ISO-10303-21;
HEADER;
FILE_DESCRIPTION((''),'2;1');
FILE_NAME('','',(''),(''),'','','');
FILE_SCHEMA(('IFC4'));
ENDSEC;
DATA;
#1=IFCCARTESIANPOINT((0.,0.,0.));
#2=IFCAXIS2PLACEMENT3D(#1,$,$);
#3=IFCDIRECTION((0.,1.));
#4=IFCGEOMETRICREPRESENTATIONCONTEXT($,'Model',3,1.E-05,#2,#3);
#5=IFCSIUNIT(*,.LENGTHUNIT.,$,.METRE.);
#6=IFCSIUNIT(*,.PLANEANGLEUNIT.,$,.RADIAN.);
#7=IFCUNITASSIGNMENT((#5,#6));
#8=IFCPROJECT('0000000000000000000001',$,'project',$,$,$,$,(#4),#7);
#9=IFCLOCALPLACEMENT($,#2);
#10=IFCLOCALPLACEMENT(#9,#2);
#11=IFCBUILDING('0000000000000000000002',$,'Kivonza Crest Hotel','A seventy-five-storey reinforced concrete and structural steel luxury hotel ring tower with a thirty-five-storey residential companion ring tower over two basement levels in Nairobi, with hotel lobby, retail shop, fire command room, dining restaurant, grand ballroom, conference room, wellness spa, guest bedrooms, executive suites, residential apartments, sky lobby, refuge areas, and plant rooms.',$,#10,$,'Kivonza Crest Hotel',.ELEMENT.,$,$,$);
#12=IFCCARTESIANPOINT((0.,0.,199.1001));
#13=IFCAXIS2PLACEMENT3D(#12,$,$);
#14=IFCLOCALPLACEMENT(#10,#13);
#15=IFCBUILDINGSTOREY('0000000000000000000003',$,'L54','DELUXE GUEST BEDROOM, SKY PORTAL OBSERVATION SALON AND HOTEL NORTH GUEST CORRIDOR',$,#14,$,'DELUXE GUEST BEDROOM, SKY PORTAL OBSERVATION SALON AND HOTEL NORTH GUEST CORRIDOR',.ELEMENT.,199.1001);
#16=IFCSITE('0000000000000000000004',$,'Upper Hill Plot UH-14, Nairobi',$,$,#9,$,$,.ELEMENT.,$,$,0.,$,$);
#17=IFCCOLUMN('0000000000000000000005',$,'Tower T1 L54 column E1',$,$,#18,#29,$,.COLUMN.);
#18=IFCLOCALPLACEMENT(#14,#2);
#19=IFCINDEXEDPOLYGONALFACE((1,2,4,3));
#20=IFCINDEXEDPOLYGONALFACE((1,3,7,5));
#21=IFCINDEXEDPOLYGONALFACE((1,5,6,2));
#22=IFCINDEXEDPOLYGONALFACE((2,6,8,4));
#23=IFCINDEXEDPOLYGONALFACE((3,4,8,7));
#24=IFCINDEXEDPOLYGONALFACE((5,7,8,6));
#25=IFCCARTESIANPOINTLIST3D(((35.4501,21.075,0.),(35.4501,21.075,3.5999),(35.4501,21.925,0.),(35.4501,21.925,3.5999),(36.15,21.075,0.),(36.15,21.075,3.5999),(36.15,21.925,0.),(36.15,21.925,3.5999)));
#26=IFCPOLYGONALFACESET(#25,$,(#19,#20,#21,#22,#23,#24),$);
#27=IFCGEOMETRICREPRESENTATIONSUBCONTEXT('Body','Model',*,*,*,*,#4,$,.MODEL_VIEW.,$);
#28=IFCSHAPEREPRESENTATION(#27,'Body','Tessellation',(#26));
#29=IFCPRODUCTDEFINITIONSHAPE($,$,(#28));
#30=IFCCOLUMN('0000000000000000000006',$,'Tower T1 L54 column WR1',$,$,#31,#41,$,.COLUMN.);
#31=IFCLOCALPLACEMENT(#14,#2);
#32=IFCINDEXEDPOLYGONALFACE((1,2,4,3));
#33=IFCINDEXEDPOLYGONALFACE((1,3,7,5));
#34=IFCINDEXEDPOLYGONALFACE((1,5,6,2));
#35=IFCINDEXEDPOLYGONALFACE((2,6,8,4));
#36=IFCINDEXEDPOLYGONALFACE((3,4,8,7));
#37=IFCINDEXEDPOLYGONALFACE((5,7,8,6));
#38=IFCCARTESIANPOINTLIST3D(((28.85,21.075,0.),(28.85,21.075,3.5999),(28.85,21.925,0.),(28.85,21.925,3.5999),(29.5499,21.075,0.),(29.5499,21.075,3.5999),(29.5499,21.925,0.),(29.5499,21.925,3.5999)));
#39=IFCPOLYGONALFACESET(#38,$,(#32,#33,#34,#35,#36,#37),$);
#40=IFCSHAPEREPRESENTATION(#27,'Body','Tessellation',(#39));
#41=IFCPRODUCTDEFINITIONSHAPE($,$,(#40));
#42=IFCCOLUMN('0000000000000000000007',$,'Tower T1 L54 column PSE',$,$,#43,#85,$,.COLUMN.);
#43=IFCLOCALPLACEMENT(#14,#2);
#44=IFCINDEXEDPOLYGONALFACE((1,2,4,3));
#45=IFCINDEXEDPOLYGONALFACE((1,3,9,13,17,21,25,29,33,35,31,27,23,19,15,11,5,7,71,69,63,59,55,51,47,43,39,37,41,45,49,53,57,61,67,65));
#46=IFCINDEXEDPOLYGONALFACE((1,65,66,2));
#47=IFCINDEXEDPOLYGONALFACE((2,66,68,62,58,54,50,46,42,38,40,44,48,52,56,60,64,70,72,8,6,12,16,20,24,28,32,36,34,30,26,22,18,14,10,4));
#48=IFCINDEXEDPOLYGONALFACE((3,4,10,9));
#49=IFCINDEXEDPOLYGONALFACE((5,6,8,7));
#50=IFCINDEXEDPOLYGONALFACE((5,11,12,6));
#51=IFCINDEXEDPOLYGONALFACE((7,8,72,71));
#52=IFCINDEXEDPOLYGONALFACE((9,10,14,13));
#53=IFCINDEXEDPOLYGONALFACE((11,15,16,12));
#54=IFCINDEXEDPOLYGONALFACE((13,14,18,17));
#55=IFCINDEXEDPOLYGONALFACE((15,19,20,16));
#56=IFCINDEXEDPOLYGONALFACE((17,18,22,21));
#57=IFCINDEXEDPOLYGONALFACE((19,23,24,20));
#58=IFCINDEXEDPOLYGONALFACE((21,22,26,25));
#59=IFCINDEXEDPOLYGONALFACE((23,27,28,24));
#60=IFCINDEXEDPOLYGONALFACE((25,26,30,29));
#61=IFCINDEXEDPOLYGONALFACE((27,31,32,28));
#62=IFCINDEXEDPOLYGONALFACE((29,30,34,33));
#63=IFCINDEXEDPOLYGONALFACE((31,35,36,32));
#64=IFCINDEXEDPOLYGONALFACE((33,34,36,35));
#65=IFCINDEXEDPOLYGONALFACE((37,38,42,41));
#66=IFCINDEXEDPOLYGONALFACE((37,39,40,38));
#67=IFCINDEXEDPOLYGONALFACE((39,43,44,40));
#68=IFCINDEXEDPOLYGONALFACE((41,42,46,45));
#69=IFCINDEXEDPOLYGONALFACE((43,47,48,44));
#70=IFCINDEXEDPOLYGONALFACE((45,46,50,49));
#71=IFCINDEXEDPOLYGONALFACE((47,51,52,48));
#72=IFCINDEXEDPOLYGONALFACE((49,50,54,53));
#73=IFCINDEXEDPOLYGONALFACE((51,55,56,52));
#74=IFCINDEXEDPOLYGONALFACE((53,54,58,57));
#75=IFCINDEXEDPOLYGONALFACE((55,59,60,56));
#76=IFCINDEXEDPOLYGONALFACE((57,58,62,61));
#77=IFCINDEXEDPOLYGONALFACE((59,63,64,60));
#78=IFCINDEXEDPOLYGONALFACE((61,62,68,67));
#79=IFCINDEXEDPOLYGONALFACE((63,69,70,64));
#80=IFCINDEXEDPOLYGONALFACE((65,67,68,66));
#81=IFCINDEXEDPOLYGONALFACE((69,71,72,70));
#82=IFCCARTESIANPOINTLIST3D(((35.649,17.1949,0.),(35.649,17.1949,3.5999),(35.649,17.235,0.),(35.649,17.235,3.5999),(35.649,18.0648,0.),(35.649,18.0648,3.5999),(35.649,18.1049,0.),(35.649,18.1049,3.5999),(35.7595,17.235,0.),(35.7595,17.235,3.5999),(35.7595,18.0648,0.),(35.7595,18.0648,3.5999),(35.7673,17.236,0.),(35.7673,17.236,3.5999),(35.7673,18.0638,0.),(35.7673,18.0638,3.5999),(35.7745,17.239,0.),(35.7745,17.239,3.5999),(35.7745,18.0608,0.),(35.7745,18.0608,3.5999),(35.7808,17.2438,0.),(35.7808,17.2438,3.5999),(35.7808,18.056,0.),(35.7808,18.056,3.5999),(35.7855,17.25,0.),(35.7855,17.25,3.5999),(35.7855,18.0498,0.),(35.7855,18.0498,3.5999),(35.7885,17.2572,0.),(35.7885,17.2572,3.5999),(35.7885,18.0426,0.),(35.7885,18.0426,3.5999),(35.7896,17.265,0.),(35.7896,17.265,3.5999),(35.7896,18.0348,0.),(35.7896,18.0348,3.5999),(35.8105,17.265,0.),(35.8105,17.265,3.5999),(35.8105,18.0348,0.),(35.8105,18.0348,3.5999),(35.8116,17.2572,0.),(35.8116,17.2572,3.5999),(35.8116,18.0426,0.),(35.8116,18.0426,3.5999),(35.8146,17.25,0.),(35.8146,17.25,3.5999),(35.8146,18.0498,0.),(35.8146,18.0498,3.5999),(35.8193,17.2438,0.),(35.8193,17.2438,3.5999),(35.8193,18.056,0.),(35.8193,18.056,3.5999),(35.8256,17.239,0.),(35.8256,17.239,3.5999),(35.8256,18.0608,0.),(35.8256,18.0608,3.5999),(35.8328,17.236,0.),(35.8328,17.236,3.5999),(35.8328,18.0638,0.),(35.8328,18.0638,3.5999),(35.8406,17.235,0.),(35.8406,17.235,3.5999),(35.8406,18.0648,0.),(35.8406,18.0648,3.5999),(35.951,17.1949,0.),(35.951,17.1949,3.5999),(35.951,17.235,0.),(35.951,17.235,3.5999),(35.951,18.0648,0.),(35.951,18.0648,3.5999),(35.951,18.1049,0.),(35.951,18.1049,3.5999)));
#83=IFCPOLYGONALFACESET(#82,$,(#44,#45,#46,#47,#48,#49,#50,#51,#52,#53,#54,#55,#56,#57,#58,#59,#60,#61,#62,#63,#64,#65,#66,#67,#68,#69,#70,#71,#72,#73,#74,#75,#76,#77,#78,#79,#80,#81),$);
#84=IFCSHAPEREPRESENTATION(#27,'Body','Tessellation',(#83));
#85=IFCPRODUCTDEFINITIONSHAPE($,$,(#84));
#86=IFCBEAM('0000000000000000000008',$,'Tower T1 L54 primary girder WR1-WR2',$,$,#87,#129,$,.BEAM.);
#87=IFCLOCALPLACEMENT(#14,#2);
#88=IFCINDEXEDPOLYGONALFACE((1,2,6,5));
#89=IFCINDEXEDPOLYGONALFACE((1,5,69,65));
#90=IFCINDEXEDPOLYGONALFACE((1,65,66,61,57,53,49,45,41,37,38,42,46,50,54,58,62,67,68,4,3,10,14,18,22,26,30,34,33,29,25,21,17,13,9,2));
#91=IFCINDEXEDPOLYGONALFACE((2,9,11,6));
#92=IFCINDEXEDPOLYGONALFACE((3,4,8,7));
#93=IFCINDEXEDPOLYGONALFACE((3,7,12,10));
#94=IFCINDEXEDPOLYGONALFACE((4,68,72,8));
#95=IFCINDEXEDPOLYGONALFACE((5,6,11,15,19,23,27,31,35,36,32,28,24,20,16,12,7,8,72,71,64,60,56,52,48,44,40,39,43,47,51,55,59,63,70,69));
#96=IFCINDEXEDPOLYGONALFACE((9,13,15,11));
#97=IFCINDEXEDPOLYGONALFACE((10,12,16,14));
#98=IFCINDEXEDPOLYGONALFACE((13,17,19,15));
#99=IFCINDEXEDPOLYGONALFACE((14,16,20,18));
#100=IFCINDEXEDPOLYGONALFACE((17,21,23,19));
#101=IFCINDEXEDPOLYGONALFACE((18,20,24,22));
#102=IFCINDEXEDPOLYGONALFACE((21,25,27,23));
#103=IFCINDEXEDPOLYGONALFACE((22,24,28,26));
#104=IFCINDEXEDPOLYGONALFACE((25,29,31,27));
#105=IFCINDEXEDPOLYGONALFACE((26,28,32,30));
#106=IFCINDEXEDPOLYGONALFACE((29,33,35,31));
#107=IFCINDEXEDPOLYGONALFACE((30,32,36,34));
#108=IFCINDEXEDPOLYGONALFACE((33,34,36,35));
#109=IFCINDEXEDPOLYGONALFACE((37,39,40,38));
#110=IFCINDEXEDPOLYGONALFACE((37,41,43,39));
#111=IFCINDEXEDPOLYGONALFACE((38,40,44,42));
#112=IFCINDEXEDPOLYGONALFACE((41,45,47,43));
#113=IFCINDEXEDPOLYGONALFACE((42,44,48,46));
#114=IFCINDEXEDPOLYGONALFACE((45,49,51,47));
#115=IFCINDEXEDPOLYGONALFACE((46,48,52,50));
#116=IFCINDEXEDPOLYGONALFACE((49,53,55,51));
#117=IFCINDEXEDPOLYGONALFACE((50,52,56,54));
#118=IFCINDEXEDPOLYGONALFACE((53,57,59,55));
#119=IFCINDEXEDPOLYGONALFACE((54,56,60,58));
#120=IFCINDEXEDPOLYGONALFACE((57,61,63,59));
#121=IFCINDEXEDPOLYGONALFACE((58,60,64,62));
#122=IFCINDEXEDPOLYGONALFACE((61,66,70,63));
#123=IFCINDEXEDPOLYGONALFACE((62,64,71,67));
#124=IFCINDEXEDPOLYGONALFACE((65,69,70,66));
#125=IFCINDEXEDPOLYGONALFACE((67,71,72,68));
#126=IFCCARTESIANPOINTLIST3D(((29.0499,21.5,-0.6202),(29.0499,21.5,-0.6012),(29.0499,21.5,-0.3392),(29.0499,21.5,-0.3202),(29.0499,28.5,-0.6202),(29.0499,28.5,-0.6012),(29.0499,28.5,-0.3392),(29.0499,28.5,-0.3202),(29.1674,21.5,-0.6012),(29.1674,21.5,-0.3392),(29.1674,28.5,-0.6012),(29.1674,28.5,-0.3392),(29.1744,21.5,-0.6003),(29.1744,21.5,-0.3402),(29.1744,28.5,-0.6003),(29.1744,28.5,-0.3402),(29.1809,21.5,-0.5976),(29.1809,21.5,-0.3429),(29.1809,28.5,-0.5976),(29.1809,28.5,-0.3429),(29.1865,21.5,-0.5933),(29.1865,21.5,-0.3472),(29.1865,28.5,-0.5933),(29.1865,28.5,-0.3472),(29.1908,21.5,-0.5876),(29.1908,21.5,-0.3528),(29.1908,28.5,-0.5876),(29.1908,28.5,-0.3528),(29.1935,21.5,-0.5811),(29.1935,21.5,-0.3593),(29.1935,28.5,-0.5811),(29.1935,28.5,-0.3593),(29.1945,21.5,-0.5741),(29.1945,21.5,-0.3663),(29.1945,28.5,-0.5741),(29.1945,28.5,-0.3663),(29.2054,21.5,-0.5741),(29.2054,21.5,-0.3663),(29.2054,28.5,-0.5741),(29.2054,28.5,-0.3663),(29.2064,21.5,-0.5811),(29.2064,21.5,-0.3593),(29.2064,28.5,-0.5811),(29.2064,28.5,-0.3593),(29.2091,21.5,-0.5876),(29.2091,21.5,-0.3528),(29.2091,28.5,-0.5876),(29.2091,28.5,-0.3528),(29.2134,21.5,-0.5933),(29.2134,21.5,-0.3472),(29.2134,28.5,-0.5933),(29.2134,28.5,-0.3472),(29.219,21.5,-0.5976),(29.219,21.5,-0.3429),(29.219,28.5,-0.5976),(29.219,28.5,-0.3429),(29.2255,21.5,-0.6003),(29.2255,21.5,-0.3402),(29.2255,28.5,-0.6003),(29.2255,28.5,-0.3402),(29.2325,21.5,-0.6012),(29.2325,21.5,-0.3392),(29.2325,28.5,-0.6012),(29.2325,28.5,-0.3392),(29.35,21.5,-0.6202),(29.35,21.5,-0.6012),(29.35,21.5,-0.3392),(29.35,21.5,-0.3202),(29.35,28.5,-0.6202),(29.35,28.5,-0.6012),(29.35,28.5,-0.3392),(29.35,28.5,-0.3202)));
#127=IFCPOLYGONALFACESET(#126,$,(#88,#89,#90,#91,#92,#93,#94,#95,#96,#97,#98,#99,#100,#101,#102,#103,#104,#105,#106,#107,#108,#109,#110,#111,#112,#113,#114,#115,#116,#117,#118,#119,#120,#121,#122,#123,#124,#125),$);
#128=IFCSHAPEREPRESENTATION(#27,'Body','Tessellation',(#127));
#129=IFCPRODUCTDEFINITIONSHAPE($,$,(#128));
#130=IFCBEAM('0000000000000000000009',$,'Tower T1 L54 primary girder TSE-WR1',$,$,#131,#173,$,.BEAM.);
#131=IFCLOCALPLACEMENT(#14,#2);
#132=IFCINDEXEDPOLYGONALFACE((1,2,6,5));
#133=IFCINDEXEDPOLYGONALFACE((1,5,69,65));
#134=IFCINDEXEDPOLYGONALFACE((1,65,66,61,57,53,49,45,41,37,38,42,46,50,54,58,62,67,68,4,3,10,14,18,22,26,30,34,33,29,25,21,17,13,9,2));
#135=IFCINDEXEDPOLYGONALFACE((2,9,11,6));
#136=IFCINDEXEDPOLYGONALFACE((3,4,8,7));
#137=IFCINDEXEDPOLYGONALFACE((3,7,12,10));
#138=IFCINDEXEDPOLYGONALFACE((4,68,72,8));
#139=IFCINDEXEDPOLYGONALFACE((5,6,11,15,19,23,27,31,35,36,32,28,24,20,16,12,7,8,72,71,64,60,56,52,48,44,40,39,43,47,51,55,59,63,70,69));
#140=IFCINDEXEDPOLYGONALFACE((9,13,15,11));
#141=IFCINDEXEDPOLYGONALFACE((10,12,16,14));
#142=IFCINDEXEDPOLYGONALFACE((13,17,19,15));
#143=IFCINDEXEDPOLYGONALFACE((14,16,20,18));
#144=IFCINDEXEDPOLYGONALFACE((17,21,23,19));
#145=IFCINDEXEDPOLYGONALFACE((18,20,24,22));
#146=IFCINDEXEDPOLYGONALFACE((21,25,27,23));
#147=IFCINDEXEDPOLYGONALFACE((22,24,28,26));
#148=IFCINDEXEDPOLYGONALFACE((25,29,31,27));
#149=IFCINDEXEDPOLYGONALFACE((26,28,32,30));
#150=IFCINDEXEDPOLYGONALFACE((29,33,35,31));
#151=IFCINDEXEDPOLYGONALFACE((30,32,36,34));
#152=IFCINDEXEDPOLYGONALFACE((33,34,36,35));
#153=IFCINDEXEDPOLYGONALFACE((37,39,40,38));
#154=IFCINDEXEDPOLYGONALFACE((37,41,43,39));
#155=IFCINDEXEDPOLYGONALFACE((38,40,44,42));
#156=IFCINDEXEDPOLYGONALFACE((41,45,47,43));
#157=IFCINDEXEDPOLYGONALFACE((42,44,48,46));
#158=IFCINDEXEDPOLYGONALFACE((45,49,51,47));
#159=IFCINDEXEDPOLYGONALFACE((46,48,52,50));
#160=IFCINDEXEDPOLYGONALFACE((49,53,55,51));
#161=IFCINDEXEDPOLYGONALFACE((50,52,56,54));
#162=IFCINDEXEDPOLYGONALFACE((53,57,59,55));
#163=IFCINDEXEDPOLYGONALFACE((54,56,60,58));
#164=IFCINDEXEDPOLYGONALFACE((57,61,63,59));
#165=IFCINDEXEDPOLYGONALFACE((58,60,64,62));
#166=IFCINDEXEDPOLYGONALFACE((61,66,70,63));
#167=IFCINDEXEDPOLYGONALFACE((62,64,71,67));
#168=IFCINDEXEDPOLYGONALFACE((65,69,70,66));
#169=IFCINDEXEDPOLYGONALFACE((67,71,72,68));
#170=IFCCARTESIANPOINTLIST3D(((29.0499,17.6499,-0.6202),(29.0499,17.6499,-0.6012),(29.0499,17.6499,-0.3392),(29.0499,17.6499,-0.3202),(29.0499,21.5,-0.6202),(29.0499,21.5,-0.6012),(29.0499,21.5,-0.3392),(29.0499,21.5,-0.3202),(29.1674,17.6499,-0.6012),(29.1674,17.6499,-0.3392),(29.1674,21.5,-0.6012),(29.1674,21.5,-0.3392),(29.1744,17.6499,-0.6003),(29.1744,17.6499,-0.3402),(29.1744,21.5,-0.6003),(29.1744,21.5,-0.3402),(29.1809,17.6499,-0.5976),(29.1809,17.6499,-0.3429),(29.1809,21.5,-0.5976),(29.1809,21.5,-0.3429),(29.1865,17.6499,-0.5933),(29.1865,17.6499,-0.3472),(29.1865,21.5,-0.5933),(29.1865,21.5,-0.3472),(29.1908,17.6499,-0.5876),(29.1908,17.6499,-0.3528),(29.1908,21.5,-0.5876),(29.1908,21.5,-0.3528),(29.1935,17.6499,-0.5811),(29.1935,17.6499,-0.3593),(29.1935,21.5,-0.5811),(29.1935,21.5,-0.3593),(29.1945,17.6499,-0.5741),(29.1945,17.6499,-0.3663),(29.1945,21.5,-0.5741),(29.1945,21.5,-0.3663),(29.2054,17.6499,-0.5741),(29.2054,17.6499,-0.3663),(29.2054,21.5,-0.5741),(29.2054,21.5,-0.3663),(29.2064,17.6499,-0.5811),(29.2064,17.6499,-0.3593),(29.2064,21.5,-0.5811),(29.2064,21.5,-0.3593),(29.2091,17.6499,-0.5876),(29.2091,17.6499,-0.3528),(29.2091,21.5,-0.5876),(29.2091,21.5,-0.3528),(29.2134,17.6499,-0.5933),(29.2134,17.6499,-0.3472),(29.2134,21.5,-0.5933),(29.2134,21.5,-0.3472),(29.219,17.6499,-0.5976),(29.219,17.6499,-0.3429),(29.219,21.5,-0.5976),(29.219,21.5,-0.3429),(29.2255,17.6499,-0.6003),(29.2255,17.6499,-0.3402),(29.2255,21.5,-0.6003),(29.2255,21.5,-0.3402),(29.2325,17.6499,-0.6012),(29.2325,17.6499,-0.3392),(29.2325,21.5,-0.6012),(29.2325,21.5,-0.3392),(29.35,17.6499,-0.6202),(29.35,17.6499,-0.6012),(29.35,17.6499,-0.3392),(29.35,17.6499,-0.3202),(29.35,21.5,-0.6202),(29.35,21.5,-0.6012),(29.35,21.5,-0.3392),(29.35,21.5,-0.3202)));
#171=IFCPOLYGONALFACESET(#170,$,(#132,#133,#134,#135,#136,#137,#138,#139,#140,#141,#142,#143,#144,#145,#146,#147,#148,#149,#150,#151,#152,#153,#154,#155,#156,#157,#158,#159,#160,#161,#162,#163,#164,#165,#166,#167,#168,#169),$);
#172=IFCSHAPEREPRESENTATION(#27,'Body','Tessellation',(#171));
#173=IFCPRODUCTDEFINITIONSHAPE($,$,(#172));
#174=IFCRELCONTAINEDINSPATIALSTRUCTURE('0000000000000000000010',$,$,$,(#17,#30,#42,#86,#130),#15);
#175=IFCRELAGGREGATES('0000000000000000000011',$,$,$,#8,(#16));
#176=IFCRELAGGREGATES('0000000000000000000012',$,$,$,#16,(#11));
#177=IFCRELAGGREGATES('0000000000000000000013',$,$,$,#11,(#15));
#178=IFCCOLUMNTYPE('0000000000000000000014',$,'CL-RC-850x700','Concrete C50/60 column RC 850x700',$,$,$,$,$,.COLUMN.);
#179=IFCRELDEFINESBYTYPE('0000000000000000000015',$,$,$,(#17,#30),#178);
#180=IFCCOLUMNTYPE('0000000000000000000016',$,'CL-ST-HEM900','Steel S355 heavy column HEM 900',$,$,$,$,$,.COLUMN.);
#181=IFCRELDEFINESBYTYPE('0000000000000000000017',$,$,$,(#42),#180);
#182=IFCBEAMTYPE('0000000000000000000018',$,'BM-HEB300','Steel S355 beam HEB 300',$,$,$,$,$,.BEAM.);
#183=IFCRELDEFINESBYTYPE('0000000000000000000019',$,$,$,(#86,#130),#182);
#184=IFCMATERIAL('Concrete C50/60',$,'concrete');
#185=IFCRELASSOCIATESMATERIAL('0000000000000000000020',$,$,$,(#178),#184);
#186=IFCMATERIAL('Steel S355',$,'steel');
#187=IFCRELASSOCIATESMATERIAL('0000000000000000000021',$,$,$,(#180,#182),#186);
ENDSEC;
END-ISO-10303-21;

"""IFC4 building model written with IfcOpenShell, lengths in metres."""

from ifc_helpers import new_model, si_unit, direction, frame, origin, origin_2d, place, context, subcontext, project, spatial, rectangle, i_section, extrude, material, material_profile, profile_set, type_object, element, save


model = new_model("IFC4")

# Units and contexts
model_context = context("Model", 3, precision=1e-05, world=origin(), true_north=direction((0.0, 1.0)))
body_context = subcontext(model_context, "Body", "Model", "MODEL_VIEW")
ifc_project = project(units=[si_unit("LENGTHUNIT", "METRE"), si_unit("PLANEANGLEUNIT", "RADIAN")], contexts=[model_context])

# Site, building, storey
site_placement = place(None, origin())
site = spatial("IfcSite", under=ifc_project, at=site_placement, Name="Upper Hill Plot UH-14, Nairobi", CompositionType="ELEMENT", RefElevation=0.0)
building_placement = place(site_placement, origin())
building = spatial("IfcBuilding", under=site, at=building_placement, Name="Kivonza Crest Hotel", Description="A seventy-five-storey reinforced concrete and structural steel luxury hotel ring tower with a thirty-five-storey residential companion ring tower over two basement levels in Nairobi, with hotel lobby, retail shop, fire command room, dining restaurant, grand ballroom, conference room, wellness spa, guest bedrooms, executive suites, residential apartments, sky lobby, refuge areas, and plant rooms.", LongName="Kivonza Crest Hotel", CompositionType="ELEMENT")
storey_placement = place(building_placement, frame((0.0, 0.0, 199.1001)))
storey = spatial("IfcBuildingStorey", under=building, at=storey_placement, Name="L54", Description="DELUXE GUEST BEDROOM, SKY PORTAL OBSERVATION SALON AND HOTEL NORTH GUEST CORRIDOR", LongName="DELUXE GUEST BEDROOM, SKY PORTAL OBSERVATION SALON AND HOTEL NORTH GUEST CORRIDOR", CompositionType="ELEMENT", Elevation=199.1001)

# Columns
ifc_material_1 = material(Name="Concrete C50/60", Category="concrete")
ifc_material_profile_1 = material_profile(ifc_material_1, rectangle(XDim=0.7, YDim=0.8501, at=origin_2d()), Name="RC 850x700")
ifc_profile_set_1 = profile_set([ifc_material_profile_1], Name="Concrete C50/60")
column_type_1 = type_object("IfcColumnType", Name="CL-RC-850x700", Description="Concrete C50/60 column RC 850x700", PredefinedType="COLUMN", material=ifc_profile_set_1)
for number, where, z_axis, x_axis, name in (
    (1, (35.8, 21.5, 0.0), (0.0, 0.0, 1.0), (1.0, 0.0, 0.0), "Tower T1 L54 column E1"),
    (2, (29.2, 21.5, 0.0), (0.0, 0.0, 1.0), (1.0, 0.0, 0.0), "Tower T1 L54 column WR1"),
):
    element("IfcColumn", number, at=place(storey_placement, frame(where, z_axis=z_axis, x_axis=x_axis)), inside=storey, type_object=column_type_1, Name=name, PredefinedType="COLUMN", context=body_context, shape_type="SweptSolid", body=[
        extrude(rectangle(XDim=0.7, YDim=0.8501, at=origin_2d()), origin(), (0.0, 0.0, 1.0), 3.5999),
    ])
ifc_material_2 = material(Name="Steel S355", Category="steel")
ifc_material_profile_2 = material_profile(ifc_material_2, i_section(OverallWidth=0.302, OverallDepth=0.9099, WebThickness=0.021, FlangeThickness=0.04, FilletRadius=0.03, at=origin_2d()), Name="HEM 900")
ifc_profile_set_2 = profile_set([ifc_material_profile_2], Name="Steel S355")
column_type_2 = type_object("IfcColumnType", Name="CL-ST-HEM900", Description="Steel S355 heavy column HEM 900", PredefinedType="COLUMN", material=ifc_profile_set_2)
column_placement = place(storey_placement, frame((35.8, 17.6499, 0.0), z_axis=(0.0, 0.0, 1.0), x_axis=(1.0, 0.0, 0.0)))
element("IfcColumn", 3, at=column_placement, inside=storey, type_object=column_type_2, Name="Tower T1 L54 column PSE", PredefinedType="COLUMN", context=body_context, shape_type="SweptSolid", body=[
    extrude(i_section(OverallWidth=0.302, OverallDepth=0.9099, WebThickness=0.021, FlangeThickness=0.04, FilletRadius=0.03, at=origin_2d()), origin(), (0.0, 0.0, 1.0), 3.5999),
])

# Beams
ifc_material_profile_3 = material_profile(ifc_material_2, i_section(OverallWidth=0.3, OverallDepth=0.3, WebThickness=0.011, FlangeThickness=0.019, FilletRadius=0.0271, at=origin_2d()), Name="HEB 300")
ifc_profile_set_3 = profile_set([ifc_material_profile_3], Name="Steel S355")
beam_type_1 = type_object("IfcBeamType", Name="BM-HEB300", Description="Steel S355 beam HEB 300", PredefinedType="BEAM", material=ifc_profile_set_3)
beam_1_placement = place(storey_placement, frame((29.2, 21.5, -0.4702), z_axis=(0.0, 1.0, 0.0), x_axis=(-1.0, 0.0, 0.0)))
element("IfcBeam", 4, at=beam_1_placement, inside=storey, type_object=beam_type_1, Name="Tower T1 L54 primary girder WR1-WR2", PredefinedType="BEAM", context=body_context, shape_type="SweptSolid", body=[
    extrude(i_section(OverallWidth=0.3, OverallDepth=0.3, WebThickness=0.011, FlangeThickness=0.019, FilletRadius=0.0271, at=origin_2d()), origin(), (0.0, 0.0, 1.0), 7.0),
])
beam_2_placement = place(storey_placement, frame((29.2, 17.6499, -0.4702), z_axis=(0.0, 1.0, 0.0), x_axis=(-1.0, 0.0, 0.0)))
element("IfcBeam", 5, at=beam_2_placement, inside=storey, type_object=beam_type_1, Name="Tower T1 L54 primary girder TSE-WR1", PredefinedType="BEAM", context=body_context, shape_type="SweptSolid", body=[
    extrude(i_section(OverallWidth=0.3, OverallDepth=0.3, WebThickness=0.011, FlangeThickness=0.019, FilletRadius=0.0271, at=origin_2d()), origin(), (0.0, 0.0, 1.0), 3.8501),
])

save(model, "model.ifc")
